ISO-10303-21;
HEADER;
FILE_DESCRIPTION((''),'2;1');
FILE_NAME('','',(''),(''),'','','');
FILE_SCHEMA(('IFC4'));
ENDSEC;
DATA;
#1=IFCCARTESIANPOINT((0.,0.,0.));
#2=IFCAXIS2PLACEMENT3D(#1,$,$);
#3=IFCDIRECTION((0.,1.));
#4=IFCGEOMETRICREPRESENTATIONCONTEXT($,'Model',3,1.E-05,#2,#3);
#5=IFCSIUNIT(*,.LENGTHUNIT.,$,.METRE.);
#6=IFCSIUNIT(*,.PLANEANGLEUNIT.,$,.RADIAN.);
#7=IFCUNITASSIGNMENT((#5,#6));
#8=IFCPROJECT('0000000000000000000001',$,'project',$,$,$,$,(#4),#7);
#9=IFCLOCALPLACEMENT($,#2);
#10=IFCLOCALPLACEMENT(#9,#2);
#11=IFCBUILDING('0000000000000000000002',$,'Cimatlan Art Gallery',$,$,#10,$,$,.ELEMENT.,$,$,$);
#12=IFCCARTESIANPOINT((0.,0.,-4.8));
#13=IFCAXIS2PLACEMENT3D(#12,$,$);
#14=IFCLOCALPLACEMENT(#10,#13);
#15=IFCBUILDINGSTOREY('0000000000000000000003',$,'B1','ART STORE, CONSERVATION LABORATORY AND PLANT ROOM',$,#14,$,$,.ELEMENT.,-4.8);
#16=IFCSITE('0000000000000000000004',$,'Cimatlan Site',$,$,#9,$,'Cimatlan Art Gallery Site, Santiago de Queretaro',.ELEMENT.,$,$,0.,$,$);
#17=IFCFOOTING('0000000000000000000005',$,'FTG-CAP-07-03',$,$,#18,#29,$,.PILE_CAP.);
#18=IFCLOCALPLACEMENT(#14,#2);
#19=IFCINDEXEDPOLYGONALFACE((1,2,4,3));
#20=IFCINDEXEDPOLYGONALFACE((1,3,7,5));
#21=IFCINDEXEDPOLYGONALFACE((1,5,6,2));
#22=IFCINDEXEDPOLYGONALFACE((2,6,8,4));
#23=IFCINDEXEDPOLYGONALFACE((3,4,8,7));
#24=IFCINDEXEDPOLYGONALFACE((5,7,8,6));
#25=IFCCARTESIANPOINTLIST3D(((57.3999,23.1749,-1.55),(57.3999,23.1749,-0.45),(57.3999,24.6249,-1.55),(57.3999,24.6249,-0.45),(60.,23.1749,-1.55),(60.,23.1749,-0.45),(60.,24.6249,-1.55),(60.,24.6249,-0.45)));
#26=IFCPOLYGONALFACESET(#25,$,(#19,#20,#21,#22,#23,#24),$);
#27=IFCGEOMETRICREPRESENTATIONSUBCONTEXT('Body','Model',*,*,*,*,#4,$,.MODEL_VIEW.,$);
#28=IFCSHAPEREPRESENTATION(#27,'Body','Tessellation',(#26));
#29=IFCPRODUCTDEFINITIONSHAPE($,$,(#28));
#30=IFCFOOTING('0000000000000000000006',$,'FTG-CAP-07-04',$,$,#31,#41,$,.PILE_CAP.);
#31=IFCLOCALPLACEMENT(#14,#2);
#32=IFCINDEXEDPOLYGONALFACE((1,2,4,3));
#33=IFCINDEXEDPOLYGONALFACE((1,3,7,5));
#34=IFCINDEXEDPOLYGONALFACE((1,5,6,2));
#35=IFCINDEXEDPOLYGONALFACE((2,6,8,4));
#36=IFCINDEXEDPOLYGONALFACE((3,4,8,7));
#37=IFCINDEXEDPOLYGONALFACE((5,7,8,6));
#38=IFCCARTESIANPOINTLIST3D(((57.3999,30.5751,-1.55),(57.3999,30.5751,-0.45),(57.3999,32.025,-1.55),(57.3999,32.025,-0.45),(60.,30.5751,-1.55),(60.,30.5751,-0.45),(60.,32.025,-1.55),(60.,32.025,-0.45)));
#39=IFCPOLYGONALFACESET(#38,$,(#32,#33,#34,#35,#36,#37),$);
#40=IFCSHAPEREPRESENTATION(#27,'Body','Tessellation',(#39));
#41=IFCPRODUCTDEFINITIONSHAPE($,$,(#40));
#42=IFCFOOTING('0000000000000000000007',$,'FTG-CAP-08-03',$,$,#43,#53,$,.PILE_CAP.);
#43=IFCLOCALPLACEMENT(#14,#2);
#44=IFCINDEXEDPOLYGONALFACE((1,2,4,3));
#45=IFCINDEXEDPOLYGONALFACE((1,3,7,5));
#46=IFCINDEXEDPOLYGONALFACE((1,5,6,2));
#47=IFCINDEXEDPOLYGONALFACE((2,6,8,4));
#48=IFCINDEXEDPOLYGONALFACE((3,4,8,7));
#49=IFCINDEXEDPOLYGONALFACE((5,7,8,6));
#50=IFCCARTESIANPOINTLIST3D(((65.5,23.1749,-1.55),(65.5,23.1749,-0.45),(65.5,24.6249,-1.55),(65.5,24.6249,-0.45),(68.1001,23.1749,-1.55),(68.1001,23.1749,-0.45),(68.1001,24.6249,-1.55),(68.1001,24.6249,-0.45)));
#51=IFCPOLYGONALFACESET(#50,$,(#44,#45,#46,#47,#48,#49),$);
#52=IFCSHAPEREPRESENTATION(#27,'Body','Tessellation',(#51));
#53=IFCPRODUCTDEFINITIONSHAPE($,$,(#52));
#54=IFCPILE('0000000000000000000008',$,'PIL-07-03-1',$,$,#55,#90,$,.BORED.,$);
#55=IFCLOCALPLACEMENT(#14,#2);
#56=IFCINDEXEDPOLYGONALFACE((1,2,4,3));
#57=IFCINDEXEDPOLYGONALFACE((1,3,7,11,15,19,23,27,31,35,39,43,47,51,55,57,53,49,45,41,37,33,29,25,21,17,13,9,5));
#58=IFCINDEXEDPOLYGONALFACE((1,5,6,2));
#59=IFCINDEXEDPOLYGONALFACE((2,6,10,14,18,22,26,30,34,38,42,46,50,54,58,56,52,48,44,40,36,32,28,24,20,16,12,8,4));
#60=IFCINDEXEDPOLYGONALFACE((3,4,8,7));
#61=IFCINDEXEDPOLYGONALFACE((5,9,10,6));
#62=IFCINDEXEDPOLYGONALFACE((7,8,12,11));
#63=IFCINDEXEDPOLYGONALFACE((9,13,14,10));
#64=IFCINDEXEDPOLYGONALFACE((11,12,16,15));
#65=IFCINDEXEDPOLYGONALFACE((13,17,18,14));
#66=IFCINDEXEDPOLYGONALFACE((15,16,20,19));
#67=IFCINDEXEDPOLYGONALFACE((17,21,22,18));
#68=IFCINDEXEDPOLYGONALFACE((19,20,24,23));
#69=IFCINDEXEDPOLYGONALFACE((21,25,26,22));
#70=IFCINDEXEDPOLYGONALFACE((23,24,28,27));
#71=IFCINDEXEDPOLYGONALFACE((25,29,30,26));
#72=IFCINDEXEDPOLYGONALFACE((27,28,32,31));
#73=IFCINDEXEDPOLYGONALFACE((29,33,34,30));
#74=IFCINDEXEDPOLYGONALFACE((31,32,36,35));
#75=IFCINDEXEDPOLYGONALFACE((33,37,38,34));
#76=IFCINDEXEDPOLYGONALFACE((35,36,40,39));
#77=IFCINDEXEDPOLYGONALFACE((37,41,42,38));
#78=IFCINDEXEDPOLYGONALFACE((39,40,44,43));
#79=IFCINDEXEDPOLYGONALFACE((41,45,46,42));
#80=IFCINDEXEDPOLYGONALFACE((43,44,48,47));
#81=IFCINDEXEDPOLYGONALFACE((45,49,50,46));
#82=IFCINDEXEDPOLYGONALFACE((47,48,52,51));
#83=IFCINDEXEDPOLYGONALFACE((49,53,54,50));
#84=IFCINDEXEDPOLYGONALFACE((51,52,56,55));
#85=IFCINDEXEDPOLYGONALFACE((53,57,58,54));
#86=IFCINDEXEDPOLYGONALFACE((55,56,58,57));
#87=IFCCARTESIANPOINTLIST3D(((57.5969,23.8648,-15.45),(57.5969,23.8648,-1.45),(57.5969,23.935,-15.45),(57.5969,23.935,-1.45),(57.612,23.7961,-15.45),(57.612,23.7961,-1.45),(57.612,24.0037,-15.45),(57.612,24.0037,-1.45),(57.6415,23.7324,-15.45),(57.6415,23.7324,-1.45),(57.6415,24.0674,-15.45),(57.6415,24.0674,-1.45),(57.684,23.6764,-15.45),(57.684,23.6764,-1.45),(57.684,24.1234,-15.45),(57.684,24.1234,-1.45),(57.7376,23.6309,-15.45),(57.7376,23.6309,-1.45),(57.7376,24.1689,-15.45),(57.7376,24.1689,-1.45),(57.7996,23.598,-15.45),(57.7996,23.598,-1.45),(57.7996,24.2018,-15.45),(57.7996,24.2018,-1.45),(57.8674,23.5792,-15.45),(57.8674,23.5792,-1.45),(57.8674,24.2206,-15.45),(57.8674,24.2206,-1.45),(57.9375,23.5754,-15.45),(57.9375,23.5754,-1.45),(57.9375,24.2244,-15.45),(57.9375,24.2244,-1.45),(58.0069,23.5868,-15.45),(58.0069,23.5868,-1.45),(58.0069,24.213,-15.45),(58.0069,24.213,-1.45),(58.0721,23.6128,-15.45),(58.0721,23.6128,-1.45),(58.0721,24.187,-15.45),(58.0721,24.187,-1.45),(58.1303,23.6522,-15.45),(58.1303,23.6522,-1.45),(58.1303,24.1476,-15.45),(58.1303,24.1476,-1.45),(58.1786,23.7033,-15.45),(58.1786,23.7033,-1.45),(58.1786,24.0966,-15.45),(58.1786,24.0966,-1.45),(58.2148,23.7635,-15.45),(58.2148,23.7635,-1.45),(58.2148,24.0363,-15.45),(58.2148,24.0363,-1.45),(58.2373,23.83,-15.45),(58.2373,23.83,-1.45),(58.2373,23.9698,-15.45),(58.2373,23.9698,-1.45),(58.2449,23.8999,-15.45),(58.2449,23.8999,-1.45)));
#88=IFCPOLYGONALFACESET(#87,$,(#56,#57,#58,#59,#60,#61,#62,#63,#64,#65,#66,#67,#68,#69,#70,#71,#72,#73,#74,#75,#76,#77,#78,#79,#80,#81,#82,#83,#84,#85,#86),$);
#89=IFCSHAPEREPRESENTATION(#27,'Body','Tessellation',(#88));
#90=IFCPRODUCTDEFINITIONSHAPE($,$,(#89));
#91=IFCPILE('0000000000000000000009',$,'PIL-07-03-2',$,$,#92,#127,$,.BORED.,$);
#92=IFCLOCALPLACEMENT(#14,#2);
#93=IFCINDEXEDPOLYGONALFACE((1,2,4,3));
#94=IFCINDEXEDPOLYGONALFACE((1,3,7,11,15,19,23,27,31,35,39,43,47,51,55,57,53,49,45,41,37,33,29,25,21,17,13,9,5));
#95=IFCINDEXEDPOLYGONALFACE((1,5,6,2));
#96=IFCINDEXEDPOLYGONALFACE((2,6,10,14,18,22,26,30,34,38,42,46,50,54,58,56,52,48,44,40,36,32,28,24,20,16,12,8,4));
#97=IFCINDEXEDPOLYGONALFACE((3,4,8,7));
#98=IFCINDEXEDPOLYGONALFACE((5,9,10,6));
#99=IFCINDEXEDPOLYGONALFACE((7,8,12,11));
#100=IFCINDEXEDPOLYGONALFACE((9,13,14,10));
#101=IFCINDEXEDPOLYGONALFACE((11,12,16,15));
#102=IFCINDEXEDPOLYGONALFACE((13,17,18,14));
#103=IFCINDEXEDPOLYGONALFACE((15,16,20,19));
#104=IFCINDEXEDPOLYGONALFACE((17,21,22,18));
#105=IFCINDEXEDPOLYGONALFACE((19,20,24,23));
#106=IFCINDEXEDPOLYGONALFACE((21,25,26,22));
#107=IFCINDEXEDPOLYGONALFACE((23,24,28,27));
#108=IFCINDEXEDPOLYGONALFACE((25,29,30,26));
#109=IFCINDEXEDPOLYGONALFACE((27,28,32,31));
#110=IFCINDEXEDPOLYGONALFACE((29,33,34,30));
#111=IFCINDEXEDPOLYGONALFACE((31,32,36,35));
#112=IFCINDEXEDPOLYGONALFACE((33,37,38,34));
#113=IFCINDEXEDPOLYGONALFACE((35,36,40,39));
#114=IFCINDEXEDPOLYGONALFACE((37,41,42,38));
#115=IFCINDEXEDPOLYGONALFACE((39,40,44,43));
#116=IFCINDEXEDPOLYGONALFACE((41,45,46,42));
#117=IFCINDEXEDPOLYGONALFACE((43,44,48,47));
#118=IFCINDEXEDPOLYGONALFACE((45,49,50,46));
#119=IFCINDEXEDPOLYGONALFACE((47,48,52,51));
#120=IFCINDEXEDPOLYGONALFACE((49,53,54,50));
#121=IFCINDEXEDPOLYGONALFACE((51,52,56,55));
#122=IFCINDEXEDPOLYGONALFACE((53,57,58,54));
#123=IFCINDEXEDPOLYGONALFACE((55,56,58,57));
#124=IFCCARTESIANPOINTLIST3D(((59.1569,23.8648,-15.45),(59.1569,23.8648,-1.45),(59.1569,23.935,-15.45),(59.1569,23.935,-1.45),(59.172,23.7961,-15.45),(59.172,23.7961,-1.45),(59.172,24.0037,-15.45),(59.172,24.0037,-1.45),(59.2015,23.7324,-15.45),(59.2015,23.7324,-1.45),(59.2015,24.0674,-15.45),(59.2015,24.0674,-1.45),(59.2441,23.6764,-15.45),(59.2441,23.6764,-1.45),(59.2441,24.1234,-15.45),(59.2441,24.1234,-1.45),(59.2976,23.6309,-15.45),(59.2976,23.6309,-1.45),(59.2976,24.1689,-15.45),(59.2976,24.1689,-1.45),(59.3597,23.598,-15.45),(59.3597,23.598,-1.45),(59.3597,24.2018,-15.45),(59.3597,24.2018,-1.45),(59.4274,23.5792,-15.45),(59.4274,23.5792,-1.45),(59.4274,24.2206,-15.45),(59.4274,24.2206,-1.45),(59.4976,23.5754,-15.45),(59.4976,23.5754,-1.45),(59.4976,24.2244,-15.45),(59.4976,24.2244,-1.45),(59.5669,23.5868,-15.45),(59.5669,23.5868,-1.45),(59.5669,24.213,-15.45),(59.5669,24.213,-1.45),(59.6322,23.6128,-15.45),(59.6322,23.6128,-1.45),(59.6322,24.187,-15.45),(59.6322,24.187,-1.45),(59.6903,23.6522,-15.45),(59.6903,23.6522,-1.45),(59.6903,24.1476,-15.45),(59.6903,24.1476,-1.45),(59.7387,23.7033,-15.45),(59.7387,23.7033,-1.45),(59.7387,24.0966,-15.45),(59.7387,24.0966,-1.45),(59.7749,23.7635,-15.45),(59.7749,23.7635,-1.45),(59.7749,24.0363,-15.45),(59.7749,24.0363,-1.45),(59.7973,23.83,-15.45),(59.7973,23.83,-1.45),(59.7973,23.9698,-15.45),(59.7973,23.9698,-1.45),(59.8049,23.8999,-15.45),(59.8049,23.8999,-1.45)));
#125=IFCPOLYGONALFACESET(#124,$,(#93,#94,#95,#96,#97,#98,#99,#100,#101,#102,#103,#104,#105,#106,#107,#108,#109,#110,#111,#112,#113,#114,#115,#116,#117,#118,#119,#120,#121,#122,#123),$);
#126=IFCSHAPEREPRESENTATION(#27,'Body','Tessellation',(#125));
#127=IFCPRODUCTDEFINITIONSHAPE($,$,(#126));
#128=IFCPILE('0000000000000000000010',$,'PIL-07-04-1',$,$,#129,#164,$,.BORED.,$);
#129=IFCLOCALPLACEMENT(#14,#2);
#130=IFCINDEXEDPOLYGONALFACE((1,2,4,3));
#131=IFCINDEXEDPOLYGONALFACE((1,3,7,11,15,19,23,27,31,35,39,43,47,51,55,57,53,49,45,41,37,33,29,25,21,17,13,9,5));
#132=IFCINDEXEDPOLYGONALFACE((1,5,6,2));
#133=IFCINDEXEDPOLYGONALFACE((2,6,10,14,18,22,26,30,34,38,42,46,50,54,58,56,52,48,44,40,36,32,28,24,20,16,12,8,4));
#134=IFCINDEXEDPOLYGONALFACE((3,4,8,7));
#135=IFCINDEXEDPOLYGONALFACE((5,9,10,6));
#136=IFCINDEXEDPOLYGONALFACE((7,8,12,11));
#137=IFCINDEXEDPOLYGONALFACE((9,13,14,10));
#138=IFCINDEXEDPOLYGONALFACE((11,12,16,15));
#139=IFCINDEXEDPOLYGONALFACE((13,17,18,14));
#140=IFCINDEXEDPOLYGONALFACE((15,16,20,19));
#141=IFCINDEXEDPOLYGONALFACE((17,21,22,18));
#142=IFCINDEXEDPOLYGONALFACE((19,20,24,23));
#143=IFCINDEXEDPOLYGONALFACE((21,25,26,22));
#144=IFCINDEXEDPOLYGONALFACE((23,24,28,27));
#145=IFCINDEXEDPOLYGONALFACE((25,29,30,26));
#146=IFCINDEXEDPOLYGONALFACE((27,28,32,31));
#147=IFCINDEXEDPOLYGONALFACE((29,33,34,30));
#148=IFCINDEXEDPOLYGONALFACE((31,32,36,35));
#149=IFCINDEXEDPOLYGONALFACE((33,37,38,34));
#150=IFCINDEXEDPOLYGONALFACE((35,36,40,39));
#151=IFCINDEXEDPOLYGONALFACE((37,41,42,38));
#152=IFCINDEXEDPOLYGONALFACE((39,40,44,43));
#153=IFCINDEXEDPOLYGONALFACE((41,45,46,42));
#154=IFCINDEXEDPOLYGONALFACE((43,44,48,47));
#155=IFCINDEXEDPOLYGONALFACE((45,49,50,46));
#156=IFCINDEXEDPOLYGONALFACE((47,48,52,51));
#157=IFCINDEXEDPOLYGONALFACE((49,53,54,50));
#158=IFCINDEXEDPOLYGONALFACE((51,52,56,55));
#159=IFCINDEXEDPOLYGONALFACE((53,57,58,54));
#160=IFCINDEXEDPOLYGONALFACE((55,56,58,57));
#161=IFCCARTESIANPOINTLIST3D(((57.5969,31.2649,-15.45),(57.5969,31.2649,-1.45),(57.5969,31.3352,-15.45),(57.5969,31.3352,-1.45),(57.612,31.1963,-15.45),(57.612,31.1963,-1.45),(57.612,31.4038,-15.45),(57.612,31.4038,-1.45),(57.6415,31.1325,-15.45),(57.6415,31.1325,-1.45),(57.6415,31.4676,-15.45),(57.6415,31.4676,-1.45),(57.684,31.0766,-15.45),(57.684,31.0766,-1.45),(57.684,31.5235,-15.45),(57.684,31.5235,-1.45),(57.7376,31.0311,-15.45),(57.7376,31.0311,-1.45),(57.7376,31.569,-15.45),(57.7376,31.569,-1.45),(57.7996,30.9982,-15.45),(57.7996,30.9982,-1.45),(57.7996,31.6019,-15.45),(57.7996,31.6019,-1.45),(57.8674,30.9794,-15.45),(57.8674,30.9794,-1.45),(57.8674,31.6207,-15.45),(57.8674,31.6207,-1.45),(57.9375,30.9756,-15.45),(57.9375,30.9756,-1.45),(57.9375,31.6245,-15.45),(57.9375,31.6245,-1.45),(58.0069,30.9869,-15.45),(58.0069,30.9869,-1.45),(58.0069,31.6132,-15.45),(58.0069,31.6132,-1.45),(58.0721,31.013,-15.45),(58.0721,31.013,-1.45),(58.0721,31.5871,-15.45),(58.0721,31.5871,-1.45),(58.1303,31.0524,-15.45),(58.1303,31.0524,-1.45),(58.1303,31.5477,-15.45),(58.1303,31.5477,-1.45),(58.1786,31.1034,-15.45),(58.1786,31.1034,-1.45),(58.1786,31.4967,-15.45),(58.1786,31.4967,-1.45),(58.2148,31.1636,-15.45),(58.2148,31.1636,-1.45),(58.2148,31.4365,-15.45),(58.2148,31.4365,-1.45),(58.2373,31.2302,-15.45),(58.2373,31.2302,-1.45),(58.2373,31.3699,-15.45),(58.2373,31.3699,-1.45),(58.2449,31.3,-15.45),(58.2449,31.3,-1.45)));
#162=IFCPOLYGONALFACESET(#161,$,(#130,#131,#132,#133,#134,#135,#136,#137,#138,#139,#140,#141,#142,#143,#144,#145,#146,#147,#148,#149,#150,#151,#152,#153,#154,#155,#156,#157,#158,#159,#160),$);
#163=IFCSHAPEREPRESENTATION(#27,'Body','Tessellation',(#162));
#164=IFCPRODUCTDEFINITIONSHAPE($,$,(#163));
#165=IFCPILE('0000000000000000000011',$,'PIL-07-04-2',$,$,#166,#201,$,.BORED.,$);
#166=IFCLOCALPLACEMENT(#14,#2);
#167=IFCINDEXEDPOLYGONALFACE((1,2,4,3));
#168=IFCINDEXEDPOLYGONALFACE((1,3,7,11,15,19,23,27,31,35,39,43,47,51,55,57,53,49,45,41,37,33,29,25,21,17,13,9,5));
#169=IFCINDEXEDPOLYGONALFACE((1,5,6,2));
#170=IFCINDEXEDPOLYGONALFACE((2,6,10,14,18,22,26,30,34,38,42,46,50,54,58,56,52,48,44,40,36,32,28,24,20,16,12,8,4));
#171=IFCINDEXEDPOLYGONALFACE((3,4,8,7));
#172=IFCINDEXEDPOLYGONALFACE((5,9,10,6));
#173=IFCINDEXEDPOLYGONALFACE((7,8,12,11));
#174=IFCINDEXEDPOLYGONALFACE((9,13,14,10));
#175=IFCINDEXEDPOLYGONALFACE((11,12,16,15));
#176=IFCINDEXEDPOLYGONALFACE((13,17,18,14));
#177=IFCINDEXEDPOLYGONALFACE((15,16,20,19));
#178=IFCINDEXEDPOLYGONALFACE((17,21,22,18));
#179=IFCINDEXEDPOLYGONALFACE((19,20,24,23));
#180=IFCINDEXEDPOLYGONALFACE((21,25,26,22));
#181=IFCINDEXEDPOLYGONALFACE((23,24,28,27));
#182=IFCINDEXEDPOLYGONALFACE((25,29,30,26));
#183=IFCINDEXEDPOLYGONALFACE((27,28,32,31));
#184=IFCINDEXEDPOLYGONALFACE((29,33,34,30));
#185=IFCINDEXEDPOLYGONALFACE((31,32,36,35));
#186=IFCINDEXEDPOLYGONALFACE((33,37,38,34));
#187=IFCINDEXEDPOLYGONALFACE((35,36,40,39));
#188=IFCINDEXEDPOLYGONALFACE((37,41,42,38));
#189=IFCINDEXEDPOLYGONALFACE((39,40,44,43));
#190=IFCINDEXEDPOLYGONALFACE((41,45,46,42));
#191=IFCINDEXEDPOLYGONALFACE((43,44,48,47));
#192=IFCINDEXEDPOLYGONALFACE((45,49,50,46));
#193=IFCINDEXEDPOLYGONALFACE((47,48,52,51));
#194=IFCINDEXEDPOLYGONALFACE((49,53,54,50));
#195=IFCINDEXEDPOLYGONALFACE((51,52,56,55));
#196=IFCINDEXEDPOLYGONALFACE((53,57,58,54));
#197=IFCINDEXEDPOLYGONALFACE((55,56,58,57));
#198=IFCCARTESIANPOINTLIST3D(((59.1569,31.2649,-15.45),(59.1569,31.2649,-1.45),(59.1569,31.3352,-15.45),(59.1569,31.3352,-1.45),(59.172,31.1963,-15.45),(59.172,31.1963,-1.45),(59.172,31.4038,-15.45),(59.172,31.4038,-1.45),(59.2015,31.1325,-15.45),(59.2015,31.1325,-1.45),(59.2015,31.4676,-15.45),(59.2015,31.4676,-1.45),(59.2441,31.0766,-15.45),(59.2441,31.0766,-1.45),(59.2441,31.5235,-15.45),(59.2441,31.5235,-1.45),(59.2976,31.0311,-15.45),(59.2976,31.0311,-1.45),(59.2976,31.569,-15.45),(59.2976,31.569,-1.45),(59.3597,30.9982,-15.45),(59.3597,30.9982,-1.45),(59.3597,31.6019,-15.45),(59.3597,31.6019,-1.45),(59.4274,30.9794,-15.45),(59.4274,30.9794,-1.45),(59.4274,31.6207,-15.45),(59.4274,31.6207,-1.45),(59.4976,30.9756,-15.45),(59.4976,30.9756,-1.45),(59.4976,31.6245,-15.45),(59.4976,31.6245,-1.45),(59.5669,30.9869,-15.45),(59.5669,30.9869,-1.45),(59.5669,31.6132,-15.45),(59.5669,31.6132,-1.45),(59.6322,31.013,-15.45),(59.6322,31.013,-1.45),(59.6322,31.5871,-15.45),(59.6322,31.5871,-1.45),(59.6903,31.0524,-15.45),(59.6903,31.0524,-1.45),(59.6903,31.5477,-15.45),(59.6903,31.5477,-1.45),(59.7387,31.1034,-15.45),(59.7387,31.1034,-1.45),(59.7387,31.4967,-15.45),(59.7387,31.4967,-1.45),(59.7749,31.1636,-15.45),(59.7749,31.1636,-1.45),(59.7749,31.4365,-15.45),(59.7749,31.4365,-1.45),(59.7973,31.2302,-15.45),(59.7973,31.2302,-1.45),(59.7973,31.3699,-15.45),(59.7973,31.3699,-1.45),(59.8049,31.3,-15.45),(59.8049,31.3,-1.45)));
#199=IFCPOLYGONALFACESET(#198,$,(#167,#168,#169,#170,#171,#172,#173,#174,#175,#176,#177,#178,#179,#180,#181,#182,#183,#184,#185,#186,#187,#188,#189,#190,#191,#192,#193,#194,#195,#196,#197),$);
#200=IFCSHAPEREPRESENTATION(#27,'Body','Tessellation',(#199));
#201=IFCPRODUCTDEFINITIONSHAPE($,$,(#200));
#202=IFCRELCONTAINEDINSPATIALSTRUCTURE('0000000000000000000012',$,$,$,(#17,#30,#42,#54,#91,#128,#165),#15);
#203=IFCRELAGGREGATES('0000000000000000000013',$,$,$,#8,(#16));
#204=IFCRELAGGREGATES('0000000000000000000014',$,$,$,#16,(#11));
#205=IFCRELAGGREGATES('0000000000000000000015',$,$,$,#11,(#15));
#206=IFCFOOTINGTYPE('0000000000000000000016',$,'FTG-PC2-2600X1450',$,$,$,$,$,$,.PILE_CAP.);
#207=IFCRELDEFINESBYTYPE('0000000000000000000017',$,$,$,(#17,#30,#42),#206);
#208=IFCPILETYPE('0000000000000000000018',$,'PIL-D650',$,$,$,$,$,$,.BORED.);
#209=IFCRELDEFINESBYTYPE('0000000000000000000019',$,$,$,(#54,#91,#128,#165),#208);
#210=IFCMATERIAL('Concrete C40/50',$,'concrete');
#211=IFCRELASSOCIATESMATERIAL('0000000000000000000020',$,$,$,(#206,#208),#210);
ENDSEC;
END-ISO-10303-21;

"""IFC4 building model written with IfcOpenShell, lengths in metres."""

from ifc_helpers import new_model, si_unit, direction, frame, origin, origin_2d, place, context, subcontext, project, spatial, rectangle, circle, extrude, material, type_object, element, save


model = new_model("IFC4")

# Units and contexts
model_context = context("Model", 3, precision=1e-05, world=origin(), true_north=direction((0.0, 1.0)))
body_context = subcontext(model_context, "Body", "Model", "MODEL_VIEW")
ifc_project = project(units=[si_unit("LENGTHUNIT", "METRE"), si_unit("PLANEANGLEUNIT", "RADIAN")], contexts=[model_context])

# Site, building, storey
site_placement = place(None, origin())
site = spatial("IfcSite", under=ifc_project, at=site_placement, Name="Cimatlan Site", LongName="Cimatlan Art Gallery Site, Santiago de Queretaro", CompositionType="ELEMENT", RefElevation=0.0)
building_placement = place(site_placement, origin())
building = spatial("IfcBuilding", under=site, at=building_placement, Name="Cimatlan Art Gallery", CompositionType="ELEMENT")
storey_placement = place(building_placement, frame((0.0, 0.0, -4.8)))
storey = spatial("IfcBuildingStorey", under=building, at=storey_placement, Name="B1", Description="ART STORE, CONSERVATION LABORATORY AND PLANT ROOM", CompositionType="ELEMENT", Elevation=-4.8)

# Footings
ifc_material_1 = material(Name="Concrete C40/50", Category="concrete")
footing_type = type_object("IfcFootingType", Name="FTG-PC2-2600X1450", PredefinedType="PILE_CAP", material=ifc_material_1)
for number, where, z_axis, x_axis, name in (
    (1, (58.7, 23.8999, -1.55), (0.0, 0.0, 1.0), (1.0, 0.0, 0.0), "FTG-CAP-07-03"),
    (2, (58.7, 31.3, -1.55), (0.0, 0.0, 1.0), (1.0, 0.0, 0.0), "FTG-CAP-07-04"),
    (3, (66.8, 23.8999, -1.55), (0.0, 0.0, 1.0), (1.0, 0.0, 0.0), "FTG-CAP-08-03"),
):
    element("IfcFooting", number, at=place(storey_placement, frame(where, z_axis=z_axis, x_axis=x_axis)), inside=storey, type_object=footing_type, Name=name, PredefinedType="PILE_CAP", context=body_context, shape_type="SweptSolid", body=[
        extrude(rectangle(XDim=2.6001, YDim=1.45, at=origin_2d()), origin(), (0.0, 0.0, 1.0), 1.1001),
    ])

# Piles
pile_type_1 = type_object("IfcPileType", Name="PIL-D650", PredefinedType="BORED", material=ifc_material_1)
for number, where, z_axis, x_axis, name in (
    (4, (57.9199, 23.8999, -1.45), (0.0, 0.0, -1.0), (1.0, 0.0, 0.0), "PIL-07-03-1"),
    (5, (59.48, 23.8999, -1.45), (0.0, 0.0, -1.0), (1.0, 0.0, 0.0), "PIL-07-03-2"),
    (6, (57.9199, 31.3, -1.45), (0.0, 0.0, -1.0), (1.0, 0.0, 0.0), "PIL-07-04-1"),
    (7, (59.48, 31.3, -1.45), (0.0, 0.0, -1.0), (1.0, 0.0, 0.0), "PIL-07-04-2"),
):
    element("IfcPile", number, at=place(storey_placement, frame(where, z_axis=z_axis, x_axis=x_axis)), inside=storey, type_object=pile_type_1, Name=name, PredefinedType="BORED", context=body_context, shape_type="SweptSolid", body=[
        extrude(circle(Radius=0.325, at=origin_2d()), origin(), (0.0, 0.0, 1.0), 14.0),
    ])

save(model, "model.ifc")
